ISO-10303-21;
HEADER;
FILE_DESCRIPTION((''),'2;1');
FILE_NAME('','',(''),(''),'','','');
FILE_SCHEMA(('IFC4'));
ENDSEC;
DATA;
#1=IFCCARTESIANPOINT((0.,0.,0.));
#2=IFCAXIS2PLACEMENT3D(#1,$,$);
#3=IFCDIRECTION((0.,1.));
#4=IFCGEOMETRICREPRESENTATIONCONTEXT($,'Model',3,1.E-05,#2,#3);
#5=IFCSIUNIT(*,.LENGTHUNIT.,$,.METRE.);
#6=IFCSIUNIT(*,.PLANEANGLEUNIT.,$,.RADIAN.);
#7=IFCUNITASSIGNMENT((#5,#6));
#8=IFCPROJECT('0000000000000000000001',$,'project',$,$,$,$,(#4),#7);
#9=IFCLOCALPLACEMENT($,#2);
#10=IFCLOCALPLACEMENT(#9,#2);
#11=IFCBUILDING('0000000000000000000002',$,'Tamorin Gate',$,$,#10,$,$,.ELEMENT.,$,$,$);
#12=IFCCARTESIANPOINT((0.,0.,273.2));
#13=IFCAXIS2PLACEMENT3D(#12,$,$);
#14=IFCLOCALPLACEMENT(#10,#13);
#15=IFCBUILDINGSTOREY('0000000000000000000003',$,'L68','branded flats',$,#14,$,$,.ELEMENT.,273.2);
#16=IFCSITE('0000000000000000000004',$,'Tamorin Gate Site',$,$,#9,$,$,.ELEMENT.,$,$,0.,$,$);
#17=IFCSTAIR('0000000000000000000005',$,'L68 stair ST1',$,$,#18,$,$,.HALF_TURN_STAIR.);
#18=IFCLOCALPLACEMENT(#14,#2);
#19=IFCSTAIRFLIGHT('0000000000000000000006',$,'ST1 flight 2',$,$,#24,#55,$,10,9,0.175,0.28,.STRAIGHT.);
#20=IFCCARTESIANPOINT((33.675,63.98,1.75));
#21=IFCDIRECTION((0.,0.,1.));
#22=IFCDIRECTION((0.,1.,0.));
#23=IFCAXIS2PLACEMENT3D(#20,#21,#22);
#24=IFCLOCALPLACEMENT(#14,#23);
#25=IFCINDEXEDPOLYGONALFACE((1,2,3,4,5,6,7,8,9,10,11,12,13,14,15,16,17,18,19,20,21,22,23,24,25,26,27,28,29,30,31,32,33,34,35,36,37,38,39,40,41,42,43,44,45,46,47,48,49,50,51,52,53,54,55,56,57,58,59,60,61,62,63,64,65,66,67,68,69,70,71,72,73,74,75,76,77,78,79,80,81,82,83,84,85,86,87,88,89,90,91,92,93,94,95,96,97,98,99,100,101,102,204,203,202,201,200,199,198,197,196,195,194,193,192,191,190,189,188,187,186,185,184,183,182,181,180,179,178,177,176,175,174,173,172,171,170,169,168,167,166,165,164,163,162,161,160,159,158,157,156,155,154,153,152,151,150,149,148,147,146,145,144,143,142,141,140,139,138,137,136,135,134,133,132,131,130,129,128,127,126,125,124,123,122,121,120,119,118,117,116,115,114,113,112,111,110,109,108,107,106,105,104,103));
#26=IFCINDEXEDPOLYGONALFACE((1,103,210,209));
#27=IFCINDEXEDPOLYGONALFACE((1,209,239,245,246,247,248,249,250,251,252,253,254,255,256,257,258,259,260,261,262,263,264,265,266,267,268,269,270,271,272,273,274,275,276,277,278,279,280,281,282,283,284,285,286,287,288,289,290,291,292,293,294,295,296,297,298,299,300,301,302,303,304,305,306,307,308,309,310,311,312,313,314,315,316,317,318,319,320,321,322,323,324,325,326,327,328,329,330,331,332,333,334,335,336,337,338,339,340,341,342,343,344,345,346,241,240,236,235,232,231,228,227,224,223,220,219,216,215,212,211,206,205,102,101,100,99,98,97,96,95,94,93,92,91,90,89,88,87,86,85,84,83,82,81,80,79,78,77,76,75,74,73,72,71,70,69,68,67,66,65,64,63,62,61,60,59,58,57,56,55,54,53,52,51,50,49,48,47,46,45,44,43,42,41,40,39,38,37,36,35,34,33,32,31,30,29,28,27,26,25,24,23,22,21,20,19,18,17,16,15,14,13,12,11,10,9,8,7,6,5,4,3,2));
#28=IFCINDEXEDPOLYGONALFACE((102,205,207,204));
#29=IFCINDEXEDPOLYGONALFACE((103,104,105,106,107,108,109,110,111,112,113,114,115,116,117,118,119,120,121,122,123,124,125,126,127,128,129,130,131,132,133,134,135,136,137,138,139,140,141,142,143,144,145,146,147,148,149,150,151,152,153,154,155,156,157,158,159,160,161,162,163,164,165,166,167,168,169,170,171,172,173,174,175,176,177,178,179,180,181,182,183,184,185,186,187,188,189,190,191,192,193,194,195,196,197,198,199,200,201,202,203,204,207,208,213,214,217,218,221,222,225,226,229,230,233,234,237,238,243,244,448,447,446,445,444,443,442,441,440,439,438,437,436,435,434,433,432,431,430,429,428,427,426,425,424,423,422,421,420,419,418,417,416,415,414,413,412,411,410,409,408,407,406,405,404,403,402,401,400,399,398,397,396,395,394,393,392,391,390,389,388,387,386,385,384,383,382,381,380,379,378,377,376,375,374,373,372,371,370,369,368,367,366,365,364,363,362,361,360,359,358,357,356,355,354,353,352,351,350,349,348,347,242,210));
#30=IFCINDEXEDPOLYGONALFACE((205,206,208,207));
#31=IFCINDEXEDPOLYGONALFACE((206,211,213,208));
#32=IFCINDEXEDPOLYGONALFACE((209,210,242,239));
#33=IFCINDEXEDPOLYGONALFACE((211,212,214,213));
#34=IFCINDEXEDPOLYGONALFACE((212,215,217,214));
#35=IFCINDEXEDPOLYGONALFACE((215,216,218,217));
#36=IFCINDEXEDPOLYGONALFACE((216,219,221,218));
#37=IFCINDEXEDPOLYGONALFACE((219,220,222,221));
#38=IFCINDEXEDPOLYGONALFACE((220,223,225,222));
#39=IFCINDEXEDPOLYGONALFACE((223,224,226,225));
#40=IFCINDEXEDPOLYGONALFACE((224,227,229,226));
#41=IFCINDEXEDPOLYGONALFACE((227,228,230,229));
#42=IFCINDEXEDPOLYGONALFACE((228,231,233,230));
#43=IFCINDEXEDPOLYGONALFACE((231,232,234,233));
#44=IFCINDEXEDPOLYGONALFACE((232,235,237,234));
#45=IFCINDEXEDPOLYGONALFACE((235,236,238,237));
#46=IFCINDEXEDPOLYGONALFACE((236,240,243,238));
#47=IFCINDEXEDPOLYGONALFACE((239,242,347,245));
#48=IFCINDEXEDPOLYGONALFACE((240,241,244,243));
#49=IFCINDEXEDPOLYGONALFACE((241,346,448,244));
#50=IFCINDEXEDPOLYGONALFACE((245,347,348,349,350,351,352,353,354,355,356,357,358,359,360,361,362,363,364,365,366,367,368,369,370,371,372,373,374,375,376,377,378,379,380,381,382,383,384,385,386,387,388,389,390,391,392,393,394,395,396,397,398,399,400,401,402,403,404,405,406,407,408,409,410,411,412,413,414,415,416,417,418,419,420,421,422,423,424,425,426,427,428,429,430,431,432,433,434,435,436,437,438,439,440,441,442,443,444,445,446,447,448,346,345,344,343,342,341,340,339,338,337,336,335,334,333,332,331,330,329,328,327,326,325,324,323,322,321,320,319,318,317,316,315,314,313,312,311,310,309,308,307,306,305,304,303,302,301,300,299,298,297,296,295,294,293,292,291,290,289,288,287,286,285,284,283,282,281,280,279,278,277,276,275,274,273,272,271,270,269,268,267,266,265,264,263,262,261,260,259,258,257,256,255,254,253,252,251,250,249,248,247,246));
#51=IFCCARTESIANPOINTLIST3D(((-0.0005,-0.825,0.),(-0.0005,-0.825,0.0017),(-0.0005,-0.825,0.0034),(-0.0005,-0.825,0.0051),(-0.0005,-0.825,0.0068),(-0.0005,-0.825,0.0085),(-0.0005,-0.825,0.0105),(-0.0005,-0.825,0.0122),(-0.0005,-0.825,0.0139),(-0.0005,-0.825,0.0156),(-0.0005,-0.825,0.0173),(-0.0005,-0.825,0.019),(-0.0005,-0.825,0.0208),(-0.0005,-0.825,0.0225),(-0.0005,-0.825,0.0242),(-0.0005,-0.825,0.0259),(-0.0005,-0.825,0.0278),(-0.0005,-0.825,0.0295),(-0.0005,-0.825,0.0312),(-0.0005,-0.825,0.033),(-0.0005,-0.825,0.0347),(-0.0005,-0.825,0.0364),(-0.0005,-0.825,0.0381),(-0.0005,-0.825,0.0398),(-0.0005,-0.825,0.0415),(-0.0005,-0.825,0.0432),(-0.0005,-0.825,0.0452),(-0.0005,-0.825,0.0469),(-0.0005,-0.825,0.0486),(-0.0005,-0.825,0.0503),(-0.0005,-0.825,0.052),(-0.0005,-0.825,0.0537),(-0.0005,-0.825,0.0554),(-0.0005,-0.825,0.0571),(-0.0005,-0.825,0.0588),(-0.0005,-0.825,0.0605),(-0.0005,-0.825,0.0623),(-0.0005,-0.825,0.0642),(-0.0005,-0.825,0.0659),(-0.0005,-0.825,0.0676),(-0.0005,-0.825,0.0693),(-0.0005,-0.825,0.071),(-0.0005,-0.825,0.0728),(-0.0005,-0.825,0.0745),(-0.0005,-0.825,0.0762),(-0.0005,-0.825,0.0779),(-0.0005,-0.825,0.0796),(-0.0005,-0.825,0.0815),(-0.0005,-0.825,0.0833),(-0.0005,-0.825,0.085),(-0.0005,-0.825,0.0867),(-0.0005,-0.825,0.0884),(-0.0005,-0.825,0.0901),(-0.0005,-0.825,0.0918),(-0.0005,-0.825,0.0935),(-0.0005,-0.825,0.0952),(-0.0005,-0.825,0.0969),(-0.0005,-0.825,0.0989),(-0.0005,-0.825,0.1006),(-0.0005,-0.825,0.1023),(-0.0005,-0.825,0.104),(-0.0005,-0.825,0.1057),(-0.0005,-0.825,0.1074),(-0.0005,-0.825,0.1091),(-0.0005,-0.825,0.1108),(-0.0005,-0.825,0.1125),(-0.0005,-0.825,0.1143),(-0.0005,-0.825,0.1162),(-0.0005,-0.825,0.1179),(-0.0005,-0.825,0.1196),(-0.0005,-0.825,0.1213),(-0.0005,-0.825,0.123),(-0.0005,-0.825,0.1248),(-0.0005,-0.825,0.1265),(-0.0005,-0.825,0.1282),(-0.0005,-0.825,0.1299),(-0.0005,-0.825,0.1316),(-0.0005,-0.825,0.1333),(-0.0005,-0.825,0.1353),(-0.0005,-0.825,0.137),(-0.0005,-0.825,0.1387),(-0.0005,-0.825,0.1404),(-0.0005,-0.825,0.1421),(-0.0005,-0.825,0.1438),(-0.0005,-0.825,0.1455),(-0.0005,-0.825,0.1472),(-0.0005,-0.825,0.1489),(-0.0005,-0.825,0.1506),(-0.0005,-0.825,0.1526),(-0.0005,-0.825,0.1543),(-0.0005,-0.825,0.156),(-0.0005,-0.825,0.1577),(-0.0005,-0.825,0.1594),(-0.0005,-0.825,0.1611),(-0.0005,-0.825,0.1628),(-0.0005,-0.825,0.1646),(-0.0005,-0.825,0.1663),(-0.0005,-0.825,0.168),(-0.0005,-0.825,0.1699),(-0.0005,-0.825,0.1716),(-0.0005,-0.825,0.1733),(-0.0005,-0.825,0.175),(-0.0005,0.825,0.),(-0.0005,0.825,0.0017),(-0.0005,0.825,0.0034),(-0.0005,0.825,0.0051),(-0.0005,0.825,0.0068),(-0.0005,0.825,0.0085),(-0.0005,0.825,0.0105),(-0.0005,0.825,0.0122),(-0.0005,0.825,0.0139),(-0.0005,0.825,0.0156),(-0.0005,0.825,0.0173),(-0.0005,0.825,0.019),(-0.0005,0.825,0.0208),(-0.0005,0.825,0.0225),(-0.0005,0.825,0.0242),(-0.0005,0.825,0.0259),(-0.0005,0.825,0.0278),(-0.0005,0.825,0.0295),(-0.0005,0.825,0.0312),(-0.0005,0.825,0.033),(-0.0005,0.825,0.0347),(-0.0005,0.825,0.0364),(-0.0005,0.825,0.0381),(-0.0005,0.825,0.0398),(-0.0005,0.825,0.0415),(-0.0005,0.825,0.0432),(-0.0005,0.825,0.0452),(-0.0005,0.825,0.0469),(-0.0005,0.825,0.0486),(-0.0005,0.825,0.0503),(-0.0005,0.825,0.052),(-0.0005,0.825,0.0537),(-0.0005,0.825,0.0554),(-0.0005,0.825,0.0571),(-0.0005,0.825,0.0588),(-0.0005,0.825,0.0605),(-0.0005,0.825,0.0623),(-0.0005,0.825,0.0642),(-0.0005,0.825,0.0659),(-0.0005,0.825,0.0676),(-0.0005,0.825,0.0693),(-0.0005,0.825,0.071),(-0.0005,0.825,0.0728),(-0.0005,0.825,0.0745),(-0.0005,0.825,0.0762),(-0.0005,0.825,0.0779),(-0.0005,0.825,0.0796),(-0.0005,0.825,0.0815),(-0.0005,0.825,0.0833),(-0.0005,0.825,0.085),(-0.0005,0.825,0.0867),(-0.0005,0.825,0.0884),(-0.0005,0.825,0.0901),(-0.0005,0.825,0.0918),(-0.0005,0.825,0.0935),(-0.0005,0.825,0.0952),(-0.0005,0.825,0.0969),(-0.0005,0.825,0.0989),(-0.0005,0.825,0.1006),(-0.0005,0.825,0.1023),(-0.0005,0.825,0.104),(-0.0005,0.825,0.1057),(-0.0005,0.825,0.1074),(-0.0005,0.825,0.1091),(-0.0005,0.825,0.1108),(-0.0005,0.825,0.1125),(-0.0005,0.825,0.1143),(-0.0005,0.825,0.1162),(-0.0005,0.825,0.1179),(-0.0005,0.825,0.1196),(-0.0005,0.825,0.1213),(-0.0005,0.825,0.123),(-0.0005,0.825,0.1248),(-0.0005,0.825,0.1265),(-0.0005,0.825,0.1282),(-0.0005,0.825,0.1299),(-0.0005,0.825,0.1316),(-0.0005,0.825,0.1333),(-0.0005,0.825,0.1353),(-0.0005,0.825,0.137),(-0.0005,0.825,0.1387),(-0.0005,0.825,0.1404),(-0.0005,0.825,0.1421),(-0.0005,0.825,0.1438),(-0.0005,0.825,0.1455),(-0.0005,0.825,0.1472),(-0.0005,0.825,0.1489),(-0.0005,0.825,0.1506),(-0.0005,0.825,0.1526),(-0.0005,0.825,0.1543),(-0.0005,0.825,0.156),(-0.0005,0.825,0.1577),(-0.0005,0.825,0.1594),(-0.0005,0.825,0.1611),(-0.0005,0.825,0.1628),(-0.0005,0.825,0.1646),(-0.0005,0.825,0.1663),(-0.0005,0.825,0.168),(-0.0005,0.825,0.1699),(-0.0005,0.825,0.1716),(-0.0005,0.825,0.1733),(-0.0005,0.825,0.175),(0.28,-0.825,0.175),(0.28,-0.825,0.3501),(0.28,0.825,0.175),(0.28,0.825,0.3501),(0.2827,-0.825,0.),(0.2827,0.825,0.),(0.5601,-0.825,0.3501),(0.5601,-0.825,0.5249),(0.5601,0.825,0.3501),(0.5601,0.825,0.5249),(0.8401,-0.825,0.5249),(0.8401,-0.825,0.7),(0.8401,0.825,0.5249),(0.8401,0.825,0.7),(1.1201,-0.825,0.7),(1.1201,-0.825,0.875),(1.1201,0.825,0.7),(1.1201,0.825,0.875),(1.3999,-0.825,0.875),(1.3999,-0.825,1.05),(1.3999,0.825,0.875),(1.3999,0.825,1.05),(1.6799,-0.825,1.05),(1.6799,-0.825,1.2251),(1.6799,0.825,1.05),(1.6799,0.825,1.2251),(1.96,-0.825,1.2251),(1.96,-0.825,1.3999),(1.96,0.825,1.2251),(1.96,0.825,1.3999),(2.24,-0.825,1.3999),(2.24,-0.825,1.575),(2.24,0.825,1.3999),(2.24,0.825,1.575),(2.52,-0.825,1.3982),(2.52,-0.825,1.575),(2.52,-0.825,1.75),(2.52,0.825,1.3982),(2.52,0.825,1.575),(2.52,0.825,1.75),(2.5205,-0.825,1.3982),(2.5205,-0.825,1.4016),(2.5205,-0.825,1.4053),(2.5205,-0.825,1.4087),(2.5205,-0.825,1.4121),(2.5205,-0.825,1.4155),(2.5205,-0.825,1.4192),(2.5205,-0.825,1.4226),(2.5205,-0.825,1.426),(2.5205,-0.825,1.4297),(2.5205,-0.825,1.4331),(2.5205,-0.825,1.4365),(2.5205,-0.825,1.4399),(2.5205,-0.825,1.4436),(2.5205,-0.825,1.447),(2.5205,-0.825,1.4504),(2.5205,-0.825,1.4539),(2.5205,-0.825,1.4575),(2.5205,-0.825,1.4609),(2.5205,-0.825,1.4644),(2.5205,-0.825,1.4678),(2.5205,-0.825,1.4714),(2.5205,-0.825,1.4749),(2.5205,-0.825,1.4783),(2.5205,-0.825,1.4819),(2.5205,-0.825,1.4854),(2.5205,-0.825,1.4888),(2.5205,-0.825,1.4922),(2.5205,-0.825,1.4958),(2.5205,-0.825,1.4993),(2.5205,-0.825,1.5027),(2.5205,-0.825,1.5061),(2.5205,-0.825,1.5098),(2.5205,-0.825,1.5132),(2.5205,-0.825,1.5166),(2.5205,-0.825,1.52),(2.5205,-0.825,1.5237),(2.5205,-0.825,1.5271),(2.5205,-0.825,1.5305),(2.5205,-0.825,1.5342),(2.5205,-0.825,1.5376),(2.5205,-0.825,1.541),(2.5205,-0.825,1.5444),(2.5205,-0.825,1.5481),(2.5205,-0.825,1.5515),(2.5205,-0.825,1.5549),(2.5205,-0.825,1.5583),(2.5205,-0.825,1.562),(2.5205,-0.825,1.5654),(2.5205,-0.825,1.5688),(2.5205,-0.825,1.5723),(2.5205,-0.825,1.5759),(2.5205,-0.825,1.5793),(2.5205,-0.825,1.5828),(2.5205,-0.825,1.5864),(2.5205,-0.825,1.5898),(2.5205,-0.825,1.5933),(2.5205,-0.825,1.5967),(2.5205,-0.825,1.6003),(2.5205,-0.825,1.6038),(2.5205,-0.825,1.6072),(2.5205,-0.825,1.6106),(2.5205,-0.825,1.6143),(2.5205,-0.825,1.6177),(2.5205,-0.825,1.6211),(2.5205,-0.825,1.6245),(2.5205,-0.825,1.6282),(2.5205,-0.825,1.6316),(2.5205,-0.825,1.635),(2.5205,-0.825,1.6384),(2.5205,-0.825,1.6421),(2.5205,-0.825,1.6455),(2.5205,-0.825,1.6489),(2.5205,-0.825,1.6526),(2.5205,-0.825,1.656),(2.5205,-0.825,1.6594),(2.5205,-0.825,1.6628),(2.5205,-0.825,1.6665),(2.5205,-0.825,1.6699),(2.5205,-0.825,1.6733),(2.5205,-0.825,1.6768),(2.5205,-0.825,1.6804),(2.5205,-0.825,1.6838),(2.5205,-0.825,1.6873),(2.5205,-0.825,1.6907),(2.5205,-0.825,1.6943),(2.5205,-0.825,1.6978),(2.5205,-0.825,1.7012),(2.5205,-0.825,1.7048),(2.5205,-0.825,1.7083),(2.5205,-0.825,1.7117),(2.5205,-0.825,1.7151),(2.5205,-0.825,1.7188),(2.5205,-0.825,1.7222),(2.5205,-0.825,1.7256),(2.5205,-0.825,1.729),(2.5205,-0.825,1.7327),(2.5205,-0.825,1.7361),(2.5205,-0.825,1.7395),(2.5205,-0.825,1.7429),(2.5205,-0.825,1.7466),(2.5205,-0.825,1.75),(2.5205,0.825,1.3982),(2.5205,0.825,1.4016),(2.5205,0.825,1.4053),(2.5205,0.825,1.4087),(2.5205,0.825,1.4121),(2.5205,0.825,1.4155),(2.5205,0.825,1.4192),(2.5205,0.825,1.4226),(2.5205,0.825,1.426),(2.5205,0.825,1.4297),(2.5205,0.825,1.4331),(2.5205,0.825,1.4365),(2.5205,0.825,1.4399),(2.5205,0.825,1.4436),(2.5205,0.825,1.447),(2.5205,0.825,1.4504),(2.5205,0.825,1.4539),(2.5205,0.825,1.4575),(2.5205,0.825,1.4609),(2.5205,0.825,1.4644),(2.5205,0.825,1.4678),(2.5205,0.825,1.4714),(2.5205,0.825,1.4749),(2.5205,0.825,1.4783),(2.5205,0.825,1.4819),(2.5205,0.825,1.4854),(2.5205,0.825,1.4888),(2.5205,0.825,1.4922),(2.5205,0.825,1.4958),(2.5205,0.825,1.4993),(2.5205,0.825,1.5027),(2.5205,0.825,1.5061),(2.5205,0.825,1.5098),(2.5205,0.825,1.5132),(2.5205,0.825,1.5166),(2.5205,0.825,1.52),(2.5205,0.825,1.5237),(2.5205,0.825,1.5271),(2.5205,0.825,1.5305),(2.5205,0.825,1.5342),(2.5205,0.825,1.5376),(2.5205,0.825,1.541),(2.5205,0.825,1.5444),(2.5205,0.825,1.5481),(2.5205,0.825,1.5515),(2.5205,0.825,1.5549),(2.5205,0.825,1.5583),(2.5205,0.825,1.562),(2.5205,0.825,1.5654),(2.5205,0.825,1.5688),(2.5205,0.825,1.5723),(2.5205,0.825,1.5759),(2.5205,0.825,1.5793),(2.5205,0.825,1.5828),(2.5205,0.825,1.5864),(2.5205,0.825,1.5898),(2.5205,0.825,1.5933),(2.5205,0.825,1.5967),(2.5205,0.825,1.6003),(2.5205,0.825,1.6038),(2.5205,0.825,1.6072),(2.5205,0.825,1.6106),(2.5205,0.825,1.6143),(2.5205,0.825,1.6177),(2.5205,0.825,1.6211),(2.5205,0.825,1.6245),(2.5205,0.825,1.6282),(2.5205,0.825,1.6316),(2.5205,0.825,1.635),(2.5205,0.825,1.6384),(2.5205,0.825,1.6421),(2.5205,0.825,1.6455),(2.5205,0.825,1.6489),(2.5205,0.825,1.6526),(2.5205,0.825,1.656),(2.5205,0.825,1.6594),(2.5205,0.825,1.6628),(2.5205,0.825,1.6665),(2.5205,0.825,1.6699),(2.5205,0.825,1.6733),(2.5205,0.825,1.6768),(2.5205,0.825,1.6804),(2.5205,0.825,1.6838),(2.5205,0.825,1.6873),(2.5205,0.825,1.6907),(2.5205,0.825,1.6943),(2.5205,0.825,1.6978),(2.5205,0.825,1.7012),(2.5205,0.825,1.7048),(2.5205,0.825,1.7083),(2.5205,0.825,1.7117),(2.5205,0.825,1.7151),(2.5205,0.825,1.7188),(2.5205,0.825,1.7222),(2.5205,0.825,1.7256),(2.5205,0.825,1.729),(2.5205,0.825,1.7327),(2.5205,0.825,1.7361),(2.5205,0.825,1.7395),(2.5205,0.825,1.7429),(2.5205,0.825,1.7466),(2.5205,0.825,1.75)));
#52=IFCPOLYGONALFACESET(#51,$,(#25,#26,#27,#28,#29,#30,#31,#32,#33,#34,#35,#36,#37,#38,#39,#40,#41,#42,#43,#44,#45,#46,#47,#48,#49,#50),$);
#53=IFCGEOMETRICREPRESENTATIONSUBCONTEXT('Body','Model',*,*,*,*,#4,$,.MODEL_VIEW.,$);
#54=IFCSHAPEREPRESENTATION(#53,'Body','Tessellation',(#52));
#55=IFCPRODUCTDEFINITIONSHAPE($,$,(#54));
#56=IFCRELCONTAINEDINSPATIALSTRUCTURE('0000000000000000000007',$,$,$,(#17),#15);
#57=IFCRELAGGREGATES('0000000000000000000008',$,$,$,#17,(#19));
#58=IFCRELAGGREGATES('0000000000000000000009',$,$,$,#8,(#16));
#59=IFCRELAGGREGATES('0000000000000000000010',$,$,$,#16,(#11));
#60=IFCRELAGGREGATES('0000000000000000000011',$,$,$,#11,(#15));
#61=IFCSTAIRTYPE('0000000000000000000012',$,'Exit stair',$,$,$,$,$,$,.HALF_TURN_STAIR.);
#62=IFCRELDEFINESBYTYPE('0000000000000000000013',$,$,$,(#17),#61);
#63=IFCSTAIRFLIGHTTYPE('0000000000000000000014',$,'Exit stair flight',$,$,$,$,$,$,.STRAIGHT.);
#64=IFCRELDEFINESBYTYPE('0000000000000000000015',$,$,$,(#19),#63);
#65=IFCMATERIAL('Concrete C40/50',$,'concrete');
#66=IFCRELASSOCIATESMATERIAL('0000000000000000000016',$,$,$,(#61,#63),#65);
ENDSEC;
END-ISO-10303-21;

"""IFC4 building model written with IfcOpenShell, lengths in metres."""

from ifc_helpers import new_model, si_unit, direction, frame, origin, place, context, subcontext, project, spatial, polyline, outline, extrude, material, type_object, element, aggregate, save


model = new_model("IFC4")

# Units and contexts
model_context = context("Model", 3, precision=1e-05, world=origin(), true_north=direction((0.0, 1.0)))
body_context = subcontext(model_context, "Body", "Model", "MODEL_VIEW")
ifc_project = project(units=[si_unit("LENGTHUNIT", "METRE"), si_unit("PLANEANGLEUNIT", "RADIAN")], contexts=[model_context])

# Site, building, storey
site_placement = place(None, origin())
site = spatial("IfcSite", under=ifc_project, at=site_placement, Name="Tamorin Gate Site", CompositionType="ELEMENT", RefElevation=0.0)
building_placement = place(site_placement, origin())
building = spatial("IfcBuilding", under=site, at=building_placement, Name="Tamorin Gate", CompositionType="ELEMENT")
storey_placement = place(building_placement, frame((0.0, 0.0, 273.2)))
storey = spatial("IfcBuildingStorey", under=building, at=storey_placement, Name="L68", Description="branded flats", CompositionType="ELEMENT", Elevation=273.2)

# Shared definitions
ifc_material_1 = material(Name="Concrete C40/50", Category="concrete")

# Stair, stair flight
stair_type = type_object("IfcStairType", Name="Exit stair", PredefinedType="HALF_TURN_STAIR", material=ifc_material_1)
stair_1_placement = place(storey_placement, origin())
stair_1 = element("IfcStair", 1, at=stair_1_placement, inside=storey, type_object=stair_type, Name="L68 stair ST1", PredefinedType="HALF_TURN_STAIR")
stair_flight_type = type_object("IfcStairFlightType", Name="Exit stair flight", PredefinedType="STRAIGHT", material=ifc_material_1)
stair_flight_1_placement = place(storey_placement, frame((33.675, 63.98, 1.75), z_axis=(0.0, 0.0, 1.0), x_axis=(0.0, 1.0, 0.0)))
stair_flight_1 = element("IfcStairFlight", 2, at=stair_flight_1_placement, type_object=stair_flight_type, Name="ST1 flight 2", NumberOfRisers=10, NumberOfTreads=9, PredefinedType="STRAIGHT", RiserHeight=0.175, TreadLength=0.28, context=body_context, shape_type="SweptSolid", body=[
    extrude(outline(polyline([(-0.0005, 0.0), (-0.0005, 0.0017), (-0.0005, 0.0034), (-0.0005, 0.0051), (-0.0005, 0.0068), (-0.0005, 0.0085), (-0.0005, 0.0105), (-0.0005, 0.0122), (-0.0005, 0.0139), (-0.0005, 0.0156), (-0.0005, 0.0173), (-0.0005, 0.019), (-0.0005, 0.0208), (-0.0005, 0.0225), (-0.0005, 0.0242), (-0.0005, 0.0259), (-0.0005, 0.0278), (-0.0005, 0.0295), (-0.0005, 0.0312), (-0.0005, 0.033), (-0.0005, 0.0347), (-0.0005, 0.0364), (-0.0005, 0.0381), (-0.0005, 0.0398), (-0.0005, 0.0415), (-0.0005, 0.0432), (-0.0005, 0.0452), (-0.0005, 0.0469), (-0.0005, 0.0486), (-0.0005, 0.0503), (-0.0005, 0.052), (-0.0005, 0.0537), (-0.0005, 0.0554), (-0.0005, 0.0571), (-0.0005, 0.0588), (-0.0005, 0.0605), (-0.0005, 0.0623), (-0.0005, 0.0642), (-0.0005, 0.0659), (-0.0005, 0.0676), (-0.0005, 0.0693), (-0.0005, 0.071), (-0.0005, 0.0728), (-0.0005, 0.0745), (-0.0005, 0.0762), (-0.0005, 0.0779), (-0.0005, 0.0796), (-0.0005, 0.0815), (-0.0005, 0.0833), (-0.0005, 0.085), (-0.0005, 0.0867), (-0.0005, 0.0884), (-0.0005, 0.0901), (-0.0005, 0.0918), (-0.0005, 0.0935), (-0.0005, 0.0952), (-0.0005, 0.0969), (-0.0005, 0.0989), (-0.0005, 0.1006), (-0.0005, 0.1023), (-0.0005, 0.104), (-0.0005, 0.1057), (-0.0005, 0.1074), (-0.0005, 0.1091), (-0.0005, 0.1108), (-0.0005, 0.1125), (-0.0005, 0.1143), (-0.0005, 0.1162), (-0.0005, 0.1179), (-0.0005, 0.1196), (-0.0005, 0.1213), (-0.0005, 0.123), (-0.0005, 0.1248), (-0.0005, 0.1265), (-0.0005, 0.1282), (-0.0005, 0.1299), (-0.0005, 0.1316), (-0.0005, 0.1333), (-0.0005, 0.1353), (-0.0005, 0.137), (-0.0005, 0.1387), (-0.0005, 0.1404), (-0.0005, 0.1421), (-0.0005, 0.1438), (-0.0005, 0.1455), (-0.0005, 0.1472), (-0.0005, 0.1489), (-0.0005, 0.1506), (-0.0005, 0.1526), (-0.0005, 0.1543), (-0.0005, 0.156), (-0.0005, 0.1577), (-0.0005, 0.1594), (-0.0005, 0.1611), (-0.0005, 0.1628), (-0.0005, 0.1646), (-0.0005, 0.1663), (-0.0005, 0.168), (-0.0005, 0.1699), (-0.0005, 0.1716), (-0.0005, 0.1733), (-0.0005, 0.175), (0.28, 0.175), (0.28, 0.3501), (0.5601, 0.3501), (0.5601, 0.5249), (0.8401, 0.5249), (0.8401, 0.7), (1.1201, 0.7), (1.1201, 0.875), (1.3999, 0.875), (1.3999, 1.05), (1.6799, 1.05), (1.6799, 1.2251), (1.96, 1.2251), (1.96, 1.3999), (2.24, 1.3999), (2.24, 1.575), (2.52, 1.575), (2.52, 1.75), (2.5205, 1.75), (2.5205, 1.7466), (2.5205, 1.7429), (2.5205, 1.7395), (2.5205, 1.7361), (2.5205, 1.7327), (2.5205, 1.729), (2.5205, 1.7256), (2.5205, 1.7222), (2.5205, 1.7188), (2.5205, 1.7151), (2.5205, 1.7117), (2.5205, 1.7083), (2.5205, 1.7048), (2.5205, 1.7012), (2.5205, 1.6978), (2.5205, 1.6943), (2.5205, 1.6907), (2.5205, 1.6873), (2.5205, 1.6838), (2.5205, 1.6804), (2.5205, 1.6768), (2.5205, 1.6733), (2.5205, 1.6699), (2.5205, 1.6665), (2.5205, 1.6628), (2.5205, 1.6594), (2.5205, 1.656), (2.5205, 1.6526), (2.5205, 1.6489), (2.5205, 1.6455), (2.5205, 1.6421), (2.5205, 1.6384), (2.5205, 1.635), (2.5205, 1.6316), (2.5205, 1.6282), (2.5205, 1.6245), (2.5205, 1.6211), (2.5205, 1.6177), (2.5205, 1.6143), (2.5205, 1.6106), (2.5205, 1.6072), (2.5205, 1.6038), (2.5205, 1.6003), (2.5205, 1.5967), (2.5205, 1.5933), (2.5205, 1.5898), (2.5205, 1.5864), (2.5205, 1.5828), (2.5205, 1.5793), (2.5205, 1.5759), (2.5205, 1.5723), (2.5205, 1.5688), (2.5205, 1.5654), (2.5205, 1.562), (2.5205, 1.5583), (2.5205, 1.5549), (2.5205, 1.5515), (2.5205, 1.5481), (2.5205, 1.5444), (2.5205, 1.541), (2.5205, 1.5376), (2.5205, 1.5342), (2.5205, 1.5305), (2.5205, 1.5271), (2.5205, 1.5237), (2.5205, 1.52), (2.5205, 1.5166), (2.5205, 1.5132), (2.5205, 1.5098), (2.5205, 1.5061), (2.5205, 1.5027), (2.5205, 1.4993), (2.5205, 1.4958), (2.5205, 1.4922), (2.5205, 1.4888), (2.5205, 1.4854), (2.5205, 1.4819), (2.5205, 1.4783), (2.5205, 1.4749), (2.5205, 1.4714), (2.5205, 1.4678), (2.5205, 1.4644), (2.5205, 1.4609), (2.5205, 1.4575), (2.5205, 1.4539), (2.5205, 1.4504), (2.5205, 1.447), (2.5205, 1.4436), (2.5205, 1.4399), (2.5205, 1.4365), (2.5205, 1.4331), (2.5205, 1.4297), (2.5205, 1.426), (2.5205, 1.4226), (2.5205, 1.4192), (2.5205, 1.4155), (2.5205, 1.4121), (2.5205, 1.4087), (2.5205, 1.4053), (2.5205, 1.4016), (2.5205, 1.3982), (2.52, 1.3982), (0.2827, 0.0), (-0.0005, 0.0)])), frame((0.0, 0.825, 0.0), z_axis=(0.0, -1.0, 0.0), x_axis=(1.0, 0.0, 0.0)), (0.0, 0.0, 1.0), 1.6499),
])
aggregate(stair_1, [stair_flight_1])

save(model, "model.ifc")
